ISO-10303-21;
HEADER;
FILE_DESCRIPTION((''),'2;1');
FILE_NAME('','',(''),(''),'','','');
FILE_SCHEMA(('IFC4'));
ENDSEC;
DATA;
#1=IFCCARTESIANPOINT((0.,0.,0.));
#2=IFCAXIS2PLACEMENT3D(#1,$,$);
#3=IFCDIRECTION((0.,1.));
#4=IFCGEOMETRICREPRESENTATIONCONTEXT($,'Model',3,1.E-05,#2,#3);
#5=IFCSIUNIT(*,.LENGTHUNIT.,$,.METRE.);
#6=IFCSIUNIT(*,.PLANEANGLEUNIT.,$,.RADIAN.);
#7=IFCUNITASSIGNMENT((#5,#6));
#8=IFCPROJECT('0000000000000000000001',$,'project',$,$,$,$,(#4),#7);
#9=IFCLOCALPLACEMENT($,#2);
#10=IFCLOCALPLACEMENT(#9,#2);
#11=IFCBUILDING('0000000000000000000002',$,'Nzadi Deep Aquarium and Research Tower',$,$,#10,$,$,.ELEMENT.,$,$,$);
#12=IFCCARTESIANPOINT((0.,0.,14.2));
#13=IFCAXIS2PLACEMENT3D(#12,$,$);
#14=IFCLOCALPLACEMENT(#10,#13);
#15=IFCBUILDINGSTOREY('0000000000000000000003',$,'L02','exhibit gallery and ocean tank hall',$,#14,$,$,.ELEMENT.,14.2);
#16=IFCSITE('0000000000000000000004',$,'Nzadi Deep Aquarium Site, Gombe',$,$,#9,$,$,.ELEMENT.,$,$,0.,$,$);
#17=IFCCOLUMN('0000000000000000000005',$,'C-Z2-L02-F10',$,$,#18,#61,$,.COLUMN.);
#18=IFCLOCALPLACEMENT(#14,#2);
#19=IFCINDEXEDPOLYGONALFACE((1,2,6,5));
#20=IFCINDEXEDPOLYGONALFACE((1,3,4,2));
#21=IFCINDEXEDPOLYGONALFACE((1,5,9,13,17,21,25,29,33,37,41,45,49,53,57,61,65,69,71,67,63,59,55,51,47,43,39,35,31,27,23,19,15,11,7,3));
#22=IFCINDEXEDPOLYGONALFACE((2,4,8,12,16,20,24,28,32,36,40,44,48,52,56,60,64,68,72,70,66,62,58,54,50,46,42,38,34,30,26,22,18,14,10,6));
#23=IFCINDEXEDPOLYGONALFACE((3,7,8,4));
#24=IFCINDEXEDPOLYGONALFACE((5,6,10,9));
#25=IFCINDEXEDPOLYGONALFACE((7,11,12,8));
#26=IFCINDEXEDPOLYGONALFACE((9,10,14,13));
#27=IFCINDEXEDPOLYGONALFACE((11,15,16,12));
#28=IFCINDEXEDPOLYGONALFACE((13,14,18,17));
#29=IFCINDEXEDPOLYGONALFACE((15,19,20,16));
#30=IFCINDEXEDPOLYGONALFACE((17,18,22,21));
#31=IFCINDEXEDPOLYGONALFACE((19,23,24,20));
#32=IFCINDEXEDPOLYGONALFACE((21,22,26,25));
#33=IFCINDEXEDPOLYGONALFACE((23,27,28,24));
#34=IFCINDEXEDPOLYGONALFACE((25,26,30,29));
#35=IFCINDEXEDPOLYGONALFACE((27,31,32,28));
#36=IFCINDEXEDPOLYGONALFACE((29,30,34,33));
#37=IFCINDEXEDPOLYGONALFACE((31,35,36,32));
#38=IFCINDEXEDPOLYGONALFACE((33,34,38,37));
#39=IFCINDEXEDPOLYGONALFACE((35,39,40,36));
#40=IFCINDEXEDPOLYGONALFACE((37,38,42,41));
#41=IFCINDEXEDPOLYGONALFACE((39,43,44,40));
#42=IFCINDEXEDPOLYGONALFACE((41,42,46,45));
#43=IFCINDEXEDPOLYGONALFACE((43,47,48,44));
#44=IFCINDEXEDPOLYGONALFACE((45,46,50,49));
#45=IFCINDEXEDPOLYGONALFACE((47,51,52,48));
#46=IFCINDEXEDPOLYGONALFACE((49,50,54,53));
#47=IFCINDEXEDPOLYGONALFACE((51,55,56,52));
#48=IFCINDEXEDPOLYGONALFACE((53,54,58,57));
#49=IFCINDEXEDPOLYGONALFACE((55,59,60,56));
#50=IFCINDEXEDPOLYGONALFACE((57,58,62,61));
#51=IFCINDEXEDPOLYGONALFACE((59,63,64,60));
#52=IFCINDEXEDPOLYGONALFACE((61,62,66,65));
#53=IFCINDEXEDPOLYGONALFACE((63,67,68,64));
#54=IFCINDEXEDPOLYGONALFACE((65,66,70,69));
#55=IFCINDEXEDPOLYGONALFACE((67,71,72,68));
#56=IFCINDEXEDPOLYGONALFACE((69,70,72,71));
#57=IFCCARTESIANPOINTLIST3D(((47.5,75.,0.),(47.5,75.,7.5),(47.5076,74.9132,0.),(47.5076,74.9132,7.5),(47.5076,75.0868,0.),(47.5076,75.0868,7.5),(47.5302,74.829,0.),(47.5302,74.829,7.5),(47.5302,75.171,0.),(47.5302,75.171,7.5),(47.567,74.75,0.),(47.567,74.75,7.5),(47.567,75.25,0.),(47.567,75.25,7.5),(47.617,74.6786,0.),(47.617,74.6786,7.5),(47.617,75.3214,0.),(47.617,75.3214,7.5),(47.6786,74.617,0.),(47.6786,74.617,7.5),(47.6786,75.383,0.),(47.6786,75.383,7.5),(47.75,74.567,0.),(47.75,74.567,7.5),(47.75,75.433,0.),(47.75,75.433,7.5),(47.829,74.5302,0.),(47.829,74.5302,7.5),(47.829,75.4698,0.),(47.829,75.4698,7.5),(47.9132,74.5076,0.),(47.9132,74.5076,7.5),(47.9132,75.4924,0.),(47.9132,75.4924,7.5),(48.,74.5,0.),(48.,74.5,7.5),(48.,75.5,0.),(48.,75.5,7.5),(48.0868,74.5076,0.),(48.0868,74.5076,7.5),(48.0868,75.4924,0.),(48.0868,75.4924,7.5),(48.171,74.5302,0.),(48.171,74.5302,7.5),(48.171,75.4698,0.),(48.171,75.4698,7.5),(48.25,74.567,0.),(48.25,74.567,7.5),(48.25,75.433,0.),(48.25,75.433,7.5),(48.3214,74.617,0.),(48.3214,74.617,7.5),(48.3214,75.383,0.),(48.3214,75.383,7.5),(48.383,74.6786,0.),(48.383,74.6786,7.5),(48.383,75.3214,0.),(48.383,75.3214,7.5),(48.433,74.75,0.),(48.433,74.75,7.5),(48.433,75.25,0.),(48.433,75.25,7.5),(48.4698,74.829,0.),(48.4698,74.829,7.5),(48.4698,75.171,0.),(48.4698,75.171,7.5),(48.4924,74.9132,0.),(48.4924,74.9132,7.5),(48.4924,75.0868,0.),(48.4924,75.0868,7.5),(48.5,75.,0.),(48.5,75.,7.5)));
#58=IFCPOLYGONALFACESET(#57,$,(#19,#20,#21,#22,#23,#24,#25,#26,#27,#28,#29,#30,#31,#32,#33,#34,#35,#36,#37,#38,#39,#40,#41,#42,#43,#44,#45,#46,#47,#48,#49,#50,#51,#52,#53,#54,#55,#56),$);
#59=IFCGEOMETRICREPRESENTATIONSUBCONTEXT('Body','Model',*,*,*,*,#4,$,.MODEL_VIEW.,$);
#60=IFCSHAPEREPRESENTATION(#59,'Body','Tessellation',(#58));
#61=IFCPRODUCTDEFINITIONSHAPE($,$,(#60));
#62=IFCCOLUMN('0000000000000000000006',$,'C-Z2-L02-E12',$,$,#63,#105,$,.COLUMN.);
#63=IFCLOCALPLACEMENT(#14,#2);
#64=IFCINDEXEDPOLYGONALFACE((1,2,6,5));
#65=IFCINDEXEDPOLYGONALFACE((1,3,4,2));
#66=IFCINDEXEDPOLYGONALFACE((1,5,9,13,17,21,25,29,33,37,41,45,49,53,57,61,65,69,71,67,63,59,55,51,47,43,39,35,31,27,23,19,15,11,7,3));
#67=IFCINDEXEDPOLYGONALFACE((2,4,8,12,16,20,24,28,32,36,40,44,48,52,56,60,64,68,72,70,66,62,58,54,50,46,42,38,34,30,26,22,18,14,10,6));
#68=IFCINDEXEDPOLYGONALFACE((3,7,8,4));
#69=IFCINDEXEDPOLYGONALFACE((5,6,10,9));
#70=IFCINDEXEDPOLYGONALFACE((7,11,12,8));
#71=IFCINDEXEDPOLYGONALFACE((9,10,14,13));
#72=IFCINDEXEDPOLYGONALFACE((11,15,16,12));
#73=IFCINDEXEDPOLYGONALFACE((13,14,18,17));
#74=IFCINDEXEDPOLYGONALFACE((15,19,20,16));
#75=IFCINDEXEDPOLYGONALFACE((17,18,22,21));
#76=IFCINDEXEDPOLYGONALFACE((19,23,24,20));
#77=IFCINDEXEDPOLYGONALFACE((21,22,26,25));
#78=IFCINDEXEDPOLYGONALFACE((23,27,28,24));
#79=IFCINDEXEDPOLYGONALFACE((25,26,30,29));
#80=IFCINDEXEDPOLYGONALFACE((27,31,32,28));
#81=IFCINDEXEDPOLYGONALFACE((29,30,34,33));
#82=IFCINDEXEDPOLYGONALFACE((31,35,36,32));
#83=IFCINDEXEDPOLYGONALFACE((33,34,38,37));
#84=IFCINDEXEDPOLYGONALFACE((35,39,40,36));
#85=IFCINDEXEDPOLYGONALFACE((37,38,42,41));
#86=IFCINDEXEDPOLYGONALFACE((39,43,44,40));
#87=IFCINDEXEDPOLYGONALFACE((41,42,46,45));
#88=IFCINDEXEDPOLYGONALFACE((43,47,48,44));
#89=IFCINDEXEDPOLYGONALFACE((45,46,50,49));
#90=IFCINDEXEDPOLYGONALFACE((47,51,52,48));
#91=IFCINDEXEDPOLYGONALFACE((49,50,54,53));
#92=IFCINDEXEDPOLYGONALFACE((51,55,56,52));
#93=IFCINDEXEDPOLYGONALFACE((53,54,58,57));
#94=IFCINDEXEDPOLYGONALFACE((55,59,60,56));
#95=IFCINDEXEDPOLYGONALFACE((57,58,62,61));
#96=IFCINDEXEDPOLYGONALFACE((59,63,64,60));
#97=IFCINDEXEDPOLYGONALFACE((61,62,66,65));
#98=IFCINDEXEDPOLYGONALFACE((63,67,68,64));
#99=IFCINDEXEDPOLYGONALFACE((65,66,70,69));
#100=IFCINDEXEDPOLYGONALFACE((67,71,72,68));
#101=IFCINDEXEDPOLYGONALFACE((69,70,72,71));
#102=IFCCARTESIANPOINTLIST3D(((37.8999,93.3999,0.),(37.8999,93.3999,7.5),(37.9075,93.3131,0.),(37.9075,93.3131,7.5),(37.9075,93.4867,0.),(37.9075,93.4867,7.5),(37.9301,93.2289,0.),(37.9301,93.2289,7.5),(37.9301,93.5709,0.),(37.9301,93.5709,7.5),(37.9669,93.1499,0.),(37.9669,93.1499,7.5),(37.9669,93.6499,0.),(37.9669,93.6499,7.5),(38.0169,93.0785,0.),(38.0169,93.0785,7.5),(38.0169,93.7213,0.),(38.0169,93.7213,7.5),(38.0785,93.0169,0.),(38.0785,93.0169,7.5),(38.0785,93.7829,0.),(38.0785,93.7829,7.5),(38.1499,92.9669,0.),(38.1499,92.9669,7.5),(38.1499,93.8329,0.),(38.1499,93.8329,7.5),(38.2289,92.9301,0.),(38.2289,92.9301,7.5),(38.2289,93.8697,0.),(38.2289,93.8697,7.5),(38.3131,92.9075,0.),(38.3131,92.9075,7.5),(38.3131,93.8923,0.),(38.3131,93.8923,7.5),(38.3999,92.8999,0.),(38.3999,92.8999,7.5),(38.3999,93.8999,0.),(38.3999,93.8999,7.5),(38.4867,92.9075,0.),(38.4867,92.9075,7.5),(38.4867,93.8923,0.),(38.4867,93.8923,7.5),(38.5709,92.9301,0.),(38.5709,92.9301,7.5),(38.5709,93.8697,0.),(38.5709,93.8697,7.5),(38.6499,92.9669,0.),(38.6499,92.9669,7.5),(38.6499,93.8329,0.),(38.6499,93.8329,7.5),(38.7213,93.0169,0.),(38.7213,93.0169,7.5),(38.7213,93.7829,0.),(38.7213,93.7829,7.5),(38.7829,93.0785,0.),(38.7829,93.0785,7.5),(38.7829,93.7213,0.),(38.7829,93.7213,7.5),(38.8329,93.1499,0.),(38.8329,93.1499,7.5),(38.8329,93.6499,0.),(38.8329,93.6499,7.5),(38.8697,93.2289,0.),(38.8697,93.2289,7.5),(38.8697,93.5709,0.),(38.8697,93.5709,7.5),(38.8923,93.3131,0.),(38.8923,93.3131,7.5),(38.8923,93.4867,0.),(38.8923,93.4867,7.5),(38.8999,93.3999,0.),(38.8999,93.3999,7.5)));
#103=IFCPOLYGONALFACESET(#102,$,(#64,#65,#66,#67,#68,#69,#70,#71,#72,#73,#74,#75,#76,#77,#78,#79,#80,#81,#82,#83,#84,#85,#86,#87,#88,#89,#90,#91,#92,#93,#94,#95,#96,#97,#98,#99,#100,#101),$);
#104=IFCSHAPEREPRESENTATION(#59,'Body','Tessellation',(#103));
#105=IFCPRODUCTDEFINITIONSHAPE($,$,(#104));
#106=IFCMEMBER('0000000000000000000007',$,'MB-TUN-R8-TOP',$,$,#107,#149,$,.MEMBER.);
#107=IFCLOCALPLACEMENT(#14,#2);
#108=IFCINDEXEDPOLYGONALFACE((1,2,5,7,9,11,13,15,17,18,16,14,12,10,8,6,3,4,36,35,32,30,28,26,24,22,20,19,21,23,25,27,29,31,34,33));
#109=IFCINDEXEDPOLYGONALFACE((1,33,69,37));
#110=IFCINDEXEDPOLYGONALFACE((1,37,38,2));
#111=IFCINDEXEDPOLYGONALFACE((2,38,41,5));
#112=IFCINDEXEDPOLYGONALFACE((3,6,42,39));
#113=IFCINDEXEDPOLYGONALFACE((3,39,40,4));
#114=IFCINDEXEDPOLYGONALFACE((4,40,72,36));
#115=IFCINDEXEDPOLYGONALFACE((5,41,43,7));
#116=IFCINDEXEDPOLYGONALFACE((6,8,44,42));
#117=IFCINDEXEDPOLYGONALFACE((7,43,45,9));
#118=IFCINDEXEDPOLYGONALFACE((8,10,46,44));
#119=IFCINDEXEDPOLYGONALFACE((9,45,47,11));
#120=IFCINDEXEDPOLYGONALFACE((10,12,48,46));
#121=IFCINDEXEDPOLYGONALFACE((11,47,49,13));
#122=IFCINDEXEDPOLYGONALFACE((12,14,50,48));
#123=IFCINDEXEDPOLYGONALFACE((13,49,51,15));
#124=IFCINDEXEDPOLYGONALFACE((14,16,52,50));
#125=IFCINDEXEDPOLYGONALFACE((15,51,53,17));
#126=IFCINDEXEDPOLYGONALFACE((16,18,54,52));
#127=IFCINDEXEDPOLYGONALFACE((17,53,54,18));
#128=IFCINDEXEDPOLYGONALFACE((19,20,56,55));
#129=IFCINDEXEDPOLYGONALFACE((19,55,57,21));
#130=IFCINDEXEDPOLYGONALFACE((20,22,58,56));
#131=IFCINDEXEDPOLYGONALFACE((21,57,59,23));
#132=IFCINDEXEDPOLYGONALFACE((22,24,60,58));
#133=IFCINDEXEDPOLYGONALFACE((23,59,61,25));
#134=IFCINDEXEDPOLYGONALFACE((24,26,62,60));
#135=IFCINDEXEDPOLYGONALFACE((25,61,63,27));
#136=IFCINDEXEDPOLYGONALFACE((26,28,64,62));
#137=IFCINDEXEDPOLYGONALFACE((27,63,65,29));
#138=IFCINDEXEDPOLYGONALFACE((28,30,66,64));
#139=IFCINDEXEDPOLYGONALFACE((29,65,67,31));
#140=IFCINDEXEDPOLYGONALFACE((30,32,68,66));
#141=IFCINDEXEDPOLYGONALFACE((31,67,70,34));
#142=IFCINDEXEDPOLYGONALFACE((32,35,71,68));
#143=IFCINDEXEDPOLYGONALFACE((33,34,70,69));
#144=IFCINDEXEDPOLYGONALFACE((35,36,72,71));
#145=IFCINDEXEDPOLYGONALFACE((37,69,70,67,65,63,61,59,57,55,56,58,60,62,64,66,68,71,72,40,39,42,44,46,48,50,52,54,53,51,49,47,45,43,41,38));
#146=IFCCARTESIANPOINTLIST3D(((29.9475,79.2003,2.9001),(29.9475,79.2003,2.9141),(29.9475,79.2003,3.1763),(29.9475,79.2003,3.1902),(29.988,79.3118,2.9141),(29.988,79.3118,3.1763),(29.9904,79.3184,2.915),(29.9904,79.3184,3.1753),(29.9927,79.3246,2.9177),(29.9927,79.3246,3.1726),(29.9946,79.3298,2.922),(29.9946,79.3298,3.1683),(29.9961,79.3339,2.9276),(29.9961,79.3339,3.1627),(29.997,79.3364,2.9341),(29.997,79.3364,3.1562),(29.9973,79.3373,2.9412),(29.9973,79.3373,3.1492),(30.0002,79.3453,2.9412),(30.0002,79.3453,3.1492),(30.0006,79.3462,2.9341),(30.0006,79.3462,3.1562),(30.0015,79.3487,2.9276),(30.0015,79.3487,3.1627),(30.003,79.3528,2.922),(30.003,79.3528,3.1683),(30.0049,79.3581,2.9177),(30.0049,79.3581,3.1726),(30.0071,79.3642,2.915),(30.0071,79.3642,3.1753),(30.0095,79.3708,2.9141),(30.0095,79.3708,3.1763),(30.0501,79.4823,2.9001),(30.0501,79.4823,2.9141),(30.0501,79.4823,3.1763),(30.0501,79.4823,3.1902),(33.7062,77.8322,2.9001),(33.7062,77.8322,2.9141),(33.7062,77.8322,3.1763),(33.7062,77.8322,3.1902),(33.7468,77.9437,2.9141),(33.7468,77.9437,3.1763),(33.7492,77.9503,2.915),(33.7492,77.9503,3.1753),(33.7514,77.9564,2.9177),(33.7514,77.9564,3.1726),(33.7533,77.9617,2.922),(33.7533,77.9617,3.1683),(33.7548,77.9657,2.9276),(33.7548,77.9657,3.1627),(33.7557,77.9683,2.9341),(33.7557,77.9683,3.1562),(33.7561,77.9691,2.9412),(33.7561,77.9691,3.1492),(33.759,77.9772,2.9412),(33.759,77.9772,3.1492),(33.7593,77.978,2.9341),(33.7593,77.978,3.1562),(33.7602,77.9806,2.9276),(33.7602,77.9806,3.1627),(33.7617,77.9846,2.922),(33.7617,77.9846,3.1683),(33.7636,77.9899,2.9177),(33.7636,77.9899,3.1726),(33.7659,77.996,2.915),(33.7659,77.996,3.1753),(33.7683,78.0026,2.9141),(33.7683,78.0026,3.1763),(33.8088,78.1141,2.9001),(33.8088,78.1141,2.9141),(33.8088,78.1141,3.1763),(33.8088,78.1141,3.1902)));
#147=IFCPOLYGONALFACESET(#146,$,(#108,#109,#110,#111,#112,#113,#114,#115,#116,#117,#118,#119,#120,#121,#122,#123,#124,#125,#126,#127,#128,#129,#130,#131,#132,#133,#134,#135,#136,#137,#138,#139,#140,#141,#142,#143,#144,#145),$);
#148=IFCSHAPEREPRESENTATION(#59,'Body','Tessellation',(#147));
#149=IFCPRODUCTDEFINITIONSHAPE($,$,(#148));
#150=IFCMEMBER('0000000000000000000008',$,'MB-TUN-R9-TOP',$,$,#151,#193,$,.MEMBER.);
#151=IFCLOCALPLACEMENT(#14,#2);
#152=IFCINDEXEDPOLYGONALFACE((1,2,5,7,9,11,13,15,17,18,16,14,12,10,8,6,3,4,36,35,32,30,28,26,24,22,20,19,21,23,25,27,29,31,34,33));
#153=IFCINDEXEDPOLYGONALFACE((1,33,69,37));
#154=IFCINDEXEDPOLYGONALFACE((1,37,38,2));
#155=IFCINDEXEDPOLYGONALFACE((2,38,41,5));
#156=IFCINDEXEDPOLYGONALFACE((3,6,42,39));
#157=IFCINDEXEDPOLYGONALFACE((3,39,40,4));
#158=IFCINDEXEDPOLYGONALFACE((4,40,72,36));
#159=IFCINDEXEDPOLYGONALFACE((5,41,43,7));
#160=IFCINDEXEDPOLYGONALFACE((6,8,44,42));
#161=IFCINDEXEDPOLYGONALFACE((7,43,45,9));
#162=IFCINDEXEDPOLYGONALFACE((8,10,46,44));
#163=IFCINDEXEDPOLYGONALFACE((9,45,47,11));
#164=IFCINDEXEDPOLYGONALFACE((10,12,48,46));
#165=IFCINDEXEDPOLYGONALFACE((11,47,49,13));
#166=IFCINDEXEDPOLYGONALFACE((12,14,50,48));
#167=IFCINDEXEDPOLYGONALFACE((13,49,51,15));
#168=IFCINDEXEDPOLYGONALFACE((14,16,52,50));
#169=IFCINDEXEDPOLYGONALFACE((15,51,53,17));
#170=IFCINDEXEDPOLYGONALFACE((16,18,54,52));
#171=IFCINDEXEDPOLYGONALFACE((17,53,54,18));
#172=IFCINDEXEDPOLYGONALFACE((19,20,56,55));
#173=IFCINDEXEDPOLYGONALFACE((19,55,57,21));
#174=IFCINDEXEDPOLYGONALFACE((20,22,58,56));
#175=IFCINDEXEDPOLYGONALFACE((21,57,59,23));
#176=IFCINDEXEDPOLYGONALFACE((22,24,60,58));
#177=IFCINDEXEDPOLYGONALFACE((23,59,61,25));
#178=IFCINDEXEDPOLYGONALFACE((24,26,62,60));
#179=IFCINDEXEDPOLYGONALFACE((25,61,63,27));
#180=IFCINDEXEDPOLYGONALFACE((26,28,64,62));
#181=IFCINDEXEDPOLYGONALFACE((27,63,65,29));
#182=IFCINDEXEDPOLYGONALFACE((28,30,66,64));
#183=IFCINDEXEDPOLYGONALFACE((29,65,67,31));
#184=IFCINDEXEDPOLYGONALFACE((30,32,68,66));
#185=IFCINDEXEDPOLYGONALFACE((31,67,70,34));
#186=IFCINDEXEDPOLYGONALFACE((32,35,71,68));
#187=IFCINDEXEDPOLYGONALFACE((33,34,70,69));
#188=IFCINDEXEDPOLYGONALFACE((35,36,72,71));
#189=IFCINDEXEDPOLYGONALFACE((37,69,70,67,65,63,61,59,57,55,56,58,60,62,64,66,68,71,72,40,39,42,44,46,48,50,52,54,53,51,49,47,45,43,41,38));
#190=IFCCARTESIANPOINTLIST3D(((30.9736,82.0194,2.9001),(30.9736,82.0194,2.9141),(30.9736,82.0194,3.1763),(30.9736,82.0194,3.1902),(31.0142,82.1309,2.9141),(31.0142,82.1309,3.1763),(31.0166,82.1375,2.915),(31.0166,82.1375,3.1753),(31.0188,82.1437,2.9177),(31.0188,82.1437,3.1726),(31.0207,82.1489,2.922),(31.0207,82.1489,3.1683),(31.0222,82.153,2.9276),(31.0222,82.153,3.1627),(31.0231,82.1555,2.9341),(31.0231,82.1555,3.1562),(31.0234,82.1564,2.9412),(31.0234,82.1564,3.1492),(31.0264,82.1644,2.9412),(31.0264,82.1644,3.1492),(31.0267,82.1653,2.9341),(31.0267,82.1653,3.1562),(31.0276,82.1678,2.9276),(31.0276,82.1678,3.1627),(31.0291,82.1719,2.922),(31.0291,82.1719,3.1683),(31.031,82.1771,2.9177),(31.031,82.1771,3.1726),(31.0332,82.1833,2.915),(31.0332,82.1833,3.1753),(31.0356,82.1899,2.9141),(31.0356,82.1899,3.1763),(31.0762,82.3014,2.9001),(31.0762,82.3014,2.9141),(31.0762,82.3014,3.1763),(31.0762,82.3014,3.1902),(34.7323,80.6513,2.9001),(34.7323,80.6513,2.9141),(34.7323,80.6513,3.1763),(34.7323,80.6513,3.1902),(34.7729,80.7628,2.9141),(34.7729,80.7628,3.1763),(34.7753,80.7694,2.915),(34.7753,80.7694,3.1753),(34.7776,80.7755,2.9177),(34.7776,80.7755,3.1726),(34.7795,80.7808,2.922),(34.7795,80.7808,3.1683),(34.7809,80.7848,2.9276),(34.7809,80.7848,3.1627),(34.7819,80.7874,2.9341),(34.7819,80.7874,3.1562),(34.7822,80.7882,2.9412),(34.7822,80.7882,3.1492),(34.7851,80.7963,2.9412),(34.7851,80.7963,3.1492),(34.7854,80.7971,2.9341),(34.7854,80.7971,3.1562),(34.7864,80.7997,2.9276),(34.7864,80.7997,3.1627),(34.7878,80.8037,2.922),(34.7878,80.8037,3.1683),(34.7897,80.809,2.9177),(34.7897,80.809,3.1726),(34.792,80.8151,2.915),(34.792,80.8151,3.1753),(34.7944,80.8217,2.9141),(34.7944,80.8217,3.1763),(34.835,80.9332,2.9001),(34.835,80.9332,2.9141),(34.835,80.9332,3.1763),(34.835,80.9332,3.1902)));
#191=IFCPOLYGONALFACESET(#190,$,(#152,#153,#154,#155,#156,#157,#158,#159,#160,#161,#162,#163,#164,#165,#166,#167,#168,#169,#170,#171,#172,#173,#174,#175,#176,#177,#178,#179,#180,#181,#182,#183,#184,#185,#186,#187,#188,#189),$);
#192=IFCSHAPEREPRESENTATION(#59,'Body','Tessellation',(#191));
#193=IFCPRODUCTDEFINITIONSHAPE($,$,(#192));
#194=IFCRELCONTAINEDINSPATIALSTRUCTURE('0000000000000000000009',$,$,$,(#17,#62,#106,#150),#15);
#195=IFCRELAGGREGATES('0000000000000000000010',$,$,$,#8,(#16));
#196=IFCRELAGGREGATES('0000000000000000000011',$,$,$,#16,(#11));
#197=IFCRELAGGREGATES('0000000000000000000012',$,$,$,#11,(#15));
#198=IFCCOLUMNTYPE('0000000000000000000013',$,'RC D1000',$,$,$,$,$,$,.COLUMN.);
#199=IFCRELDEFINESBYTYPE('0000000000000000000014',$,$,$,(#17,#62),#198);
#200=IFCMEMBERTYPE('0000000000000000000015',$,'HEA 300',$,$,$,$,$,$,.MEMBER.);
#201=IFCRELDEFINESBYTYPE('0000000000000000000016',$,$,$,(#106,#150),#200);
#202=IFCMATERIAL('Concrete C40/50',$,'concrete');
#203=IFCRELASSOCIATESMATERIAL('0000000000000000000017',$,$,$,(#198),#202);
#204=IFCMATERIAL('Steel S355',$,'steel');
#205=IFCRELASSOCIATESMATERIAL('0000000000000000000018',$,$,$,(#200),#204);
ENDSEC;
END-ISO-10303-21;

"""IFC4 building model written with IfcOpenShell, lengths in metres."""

from ifc_helpers import new_model, si_unit, direction, frame, origin, origin_2d, place, context, subcontext, project, spatial, circle, i_section, extrude, material, material_profile, profile_set, type_object, element, save


model = new_model("IFC4")

# Units and contexts
model_context = context("Model", 3, precision=1e-05, world=origin(), true_north=direction((0.0, 1.0)))
body_context = subcontext(model_context, "Body", "Model", "MODEL_VIEW")
ifc_project = project(units=[si_unit("LENGTHUNIT", "METRE"), si_unit("PLANEANGLEUNIT", "RADIAN")], contexts=[model_context])

# Site, building, storey
site_placement = place(None, origin())
site = spatial("IfcSite", under=ifc_project, at=site_placement, Name="Nzadi Deep Aquarium Site, Gombe", CompositionType="ELEMENT", RefElevation=0.0)
building_placement = place(site_placement, origin())
building = spatial("IfcBuilding", under=site, at=building_placement, Name="Nzadi Deep Aquarium and Research Tower", CompositionType="ELEMENT")
storey_placement = place(building_placement, frame((0.0, 0.0, 14.2)))
storey = spatial("IfcBuildingStorey", under=building, at=storey_placement, Name="L02", Description="exhibit gallery and ocean tank hall", CompositionType="ELEMENT", Elevation=14.2)

# Columns
ifc_material_1 = material(Name="Concrete C40/50", Category="concrete")
ifc_material_profile_1 = material_profile(ifc_material_1, circle(Radius=0.5, at=origin_2d()))
ifc_profile_set_1 = profile_set([ifc_material_profile_1], Name="Concrete C40/50")
column_type = type_object("IfcColumnType", Name="RC D1000", PredefinedType="COLUMN", material=ifc_profile_set_1)
for number, where, z_axis, x_axis, name in (
    (1, (48.0, 75.0, 0.0), (0.0, 0.0, 1.0), (1.0, 0.0, 0.0), "C-Z2-L02-F10"),
    (2, (38.3999, 93.3999, 0.0), (0.0, 0.0, 1.0), (1.0, 0.0, 0.0), "C-Z2-L02-E12"),
):
    element("IfcColumn", number, at=place(storey_placement, frame(where, z_axis=z_axis, x_axis=x_axis)), inside=storey, type_object=column_type, Name=name, PredefinedType="COLUMN", context=body_context, shape_type="SweptSolid", body=[
        extrude(circle(Radius=0.5, at=origin_2d()), origin(), (0.0, 0.0, 1.0), 7.5),
    ])

# Members
ifc_material_2 = material(Name="Steel S355", Category="steel")
ifc_material_profile_2 = material_profile(ifc_material_2, i_section(OverallWidth=0.3, OverallDepth=0.29, WebThickness=0.0085, FlangeThickness=0.0139, FilletRadius=0.0271, at=origin_2d()))
ifc_profile_set_2 = profile_set([ifc_material_profile_2], Name="Steel S355")
member_type_1 = type_object("IfcMemberType", Name="HEA 300", PredefinedType="MEMBER", material=ifc_profile_set_2)
for number, where, z_axis, x_axis, name in (
    (3, (29.9988, 79.3413, 3.0452), (0.939686, -0.342037, 0.0), (0.342037, 0.939686, 0.0), "MB-TUN-R8-TOP"),
    (4, (31.0249, 82.1604, 3.0452), (0.939686, -0.342037, 0.0), (0.342037, 0.939686, 0.0), "MB-TUN-R9-TOP"),
):
    element("IfcMember", number, at=place(storey_placement, frame(where, z_axis=z_axis, x_axis=x_axis)), inside=storey, type_object=member_type_1, Name=name, PredefinedType="MEMBER", context=body_context, shape_type="SweptSolid", body=[
        extrude(i_section(OverallWidth=0.3, OverallDepth=0.29, WebThickness=0.0085, FlangeThickness=0.0139, FilletRadius=0.0271, at=origin_2d()), origin(), (0.0, 0.0, 1.0), 4.0),
    ])

save(model, "model.ifc")
